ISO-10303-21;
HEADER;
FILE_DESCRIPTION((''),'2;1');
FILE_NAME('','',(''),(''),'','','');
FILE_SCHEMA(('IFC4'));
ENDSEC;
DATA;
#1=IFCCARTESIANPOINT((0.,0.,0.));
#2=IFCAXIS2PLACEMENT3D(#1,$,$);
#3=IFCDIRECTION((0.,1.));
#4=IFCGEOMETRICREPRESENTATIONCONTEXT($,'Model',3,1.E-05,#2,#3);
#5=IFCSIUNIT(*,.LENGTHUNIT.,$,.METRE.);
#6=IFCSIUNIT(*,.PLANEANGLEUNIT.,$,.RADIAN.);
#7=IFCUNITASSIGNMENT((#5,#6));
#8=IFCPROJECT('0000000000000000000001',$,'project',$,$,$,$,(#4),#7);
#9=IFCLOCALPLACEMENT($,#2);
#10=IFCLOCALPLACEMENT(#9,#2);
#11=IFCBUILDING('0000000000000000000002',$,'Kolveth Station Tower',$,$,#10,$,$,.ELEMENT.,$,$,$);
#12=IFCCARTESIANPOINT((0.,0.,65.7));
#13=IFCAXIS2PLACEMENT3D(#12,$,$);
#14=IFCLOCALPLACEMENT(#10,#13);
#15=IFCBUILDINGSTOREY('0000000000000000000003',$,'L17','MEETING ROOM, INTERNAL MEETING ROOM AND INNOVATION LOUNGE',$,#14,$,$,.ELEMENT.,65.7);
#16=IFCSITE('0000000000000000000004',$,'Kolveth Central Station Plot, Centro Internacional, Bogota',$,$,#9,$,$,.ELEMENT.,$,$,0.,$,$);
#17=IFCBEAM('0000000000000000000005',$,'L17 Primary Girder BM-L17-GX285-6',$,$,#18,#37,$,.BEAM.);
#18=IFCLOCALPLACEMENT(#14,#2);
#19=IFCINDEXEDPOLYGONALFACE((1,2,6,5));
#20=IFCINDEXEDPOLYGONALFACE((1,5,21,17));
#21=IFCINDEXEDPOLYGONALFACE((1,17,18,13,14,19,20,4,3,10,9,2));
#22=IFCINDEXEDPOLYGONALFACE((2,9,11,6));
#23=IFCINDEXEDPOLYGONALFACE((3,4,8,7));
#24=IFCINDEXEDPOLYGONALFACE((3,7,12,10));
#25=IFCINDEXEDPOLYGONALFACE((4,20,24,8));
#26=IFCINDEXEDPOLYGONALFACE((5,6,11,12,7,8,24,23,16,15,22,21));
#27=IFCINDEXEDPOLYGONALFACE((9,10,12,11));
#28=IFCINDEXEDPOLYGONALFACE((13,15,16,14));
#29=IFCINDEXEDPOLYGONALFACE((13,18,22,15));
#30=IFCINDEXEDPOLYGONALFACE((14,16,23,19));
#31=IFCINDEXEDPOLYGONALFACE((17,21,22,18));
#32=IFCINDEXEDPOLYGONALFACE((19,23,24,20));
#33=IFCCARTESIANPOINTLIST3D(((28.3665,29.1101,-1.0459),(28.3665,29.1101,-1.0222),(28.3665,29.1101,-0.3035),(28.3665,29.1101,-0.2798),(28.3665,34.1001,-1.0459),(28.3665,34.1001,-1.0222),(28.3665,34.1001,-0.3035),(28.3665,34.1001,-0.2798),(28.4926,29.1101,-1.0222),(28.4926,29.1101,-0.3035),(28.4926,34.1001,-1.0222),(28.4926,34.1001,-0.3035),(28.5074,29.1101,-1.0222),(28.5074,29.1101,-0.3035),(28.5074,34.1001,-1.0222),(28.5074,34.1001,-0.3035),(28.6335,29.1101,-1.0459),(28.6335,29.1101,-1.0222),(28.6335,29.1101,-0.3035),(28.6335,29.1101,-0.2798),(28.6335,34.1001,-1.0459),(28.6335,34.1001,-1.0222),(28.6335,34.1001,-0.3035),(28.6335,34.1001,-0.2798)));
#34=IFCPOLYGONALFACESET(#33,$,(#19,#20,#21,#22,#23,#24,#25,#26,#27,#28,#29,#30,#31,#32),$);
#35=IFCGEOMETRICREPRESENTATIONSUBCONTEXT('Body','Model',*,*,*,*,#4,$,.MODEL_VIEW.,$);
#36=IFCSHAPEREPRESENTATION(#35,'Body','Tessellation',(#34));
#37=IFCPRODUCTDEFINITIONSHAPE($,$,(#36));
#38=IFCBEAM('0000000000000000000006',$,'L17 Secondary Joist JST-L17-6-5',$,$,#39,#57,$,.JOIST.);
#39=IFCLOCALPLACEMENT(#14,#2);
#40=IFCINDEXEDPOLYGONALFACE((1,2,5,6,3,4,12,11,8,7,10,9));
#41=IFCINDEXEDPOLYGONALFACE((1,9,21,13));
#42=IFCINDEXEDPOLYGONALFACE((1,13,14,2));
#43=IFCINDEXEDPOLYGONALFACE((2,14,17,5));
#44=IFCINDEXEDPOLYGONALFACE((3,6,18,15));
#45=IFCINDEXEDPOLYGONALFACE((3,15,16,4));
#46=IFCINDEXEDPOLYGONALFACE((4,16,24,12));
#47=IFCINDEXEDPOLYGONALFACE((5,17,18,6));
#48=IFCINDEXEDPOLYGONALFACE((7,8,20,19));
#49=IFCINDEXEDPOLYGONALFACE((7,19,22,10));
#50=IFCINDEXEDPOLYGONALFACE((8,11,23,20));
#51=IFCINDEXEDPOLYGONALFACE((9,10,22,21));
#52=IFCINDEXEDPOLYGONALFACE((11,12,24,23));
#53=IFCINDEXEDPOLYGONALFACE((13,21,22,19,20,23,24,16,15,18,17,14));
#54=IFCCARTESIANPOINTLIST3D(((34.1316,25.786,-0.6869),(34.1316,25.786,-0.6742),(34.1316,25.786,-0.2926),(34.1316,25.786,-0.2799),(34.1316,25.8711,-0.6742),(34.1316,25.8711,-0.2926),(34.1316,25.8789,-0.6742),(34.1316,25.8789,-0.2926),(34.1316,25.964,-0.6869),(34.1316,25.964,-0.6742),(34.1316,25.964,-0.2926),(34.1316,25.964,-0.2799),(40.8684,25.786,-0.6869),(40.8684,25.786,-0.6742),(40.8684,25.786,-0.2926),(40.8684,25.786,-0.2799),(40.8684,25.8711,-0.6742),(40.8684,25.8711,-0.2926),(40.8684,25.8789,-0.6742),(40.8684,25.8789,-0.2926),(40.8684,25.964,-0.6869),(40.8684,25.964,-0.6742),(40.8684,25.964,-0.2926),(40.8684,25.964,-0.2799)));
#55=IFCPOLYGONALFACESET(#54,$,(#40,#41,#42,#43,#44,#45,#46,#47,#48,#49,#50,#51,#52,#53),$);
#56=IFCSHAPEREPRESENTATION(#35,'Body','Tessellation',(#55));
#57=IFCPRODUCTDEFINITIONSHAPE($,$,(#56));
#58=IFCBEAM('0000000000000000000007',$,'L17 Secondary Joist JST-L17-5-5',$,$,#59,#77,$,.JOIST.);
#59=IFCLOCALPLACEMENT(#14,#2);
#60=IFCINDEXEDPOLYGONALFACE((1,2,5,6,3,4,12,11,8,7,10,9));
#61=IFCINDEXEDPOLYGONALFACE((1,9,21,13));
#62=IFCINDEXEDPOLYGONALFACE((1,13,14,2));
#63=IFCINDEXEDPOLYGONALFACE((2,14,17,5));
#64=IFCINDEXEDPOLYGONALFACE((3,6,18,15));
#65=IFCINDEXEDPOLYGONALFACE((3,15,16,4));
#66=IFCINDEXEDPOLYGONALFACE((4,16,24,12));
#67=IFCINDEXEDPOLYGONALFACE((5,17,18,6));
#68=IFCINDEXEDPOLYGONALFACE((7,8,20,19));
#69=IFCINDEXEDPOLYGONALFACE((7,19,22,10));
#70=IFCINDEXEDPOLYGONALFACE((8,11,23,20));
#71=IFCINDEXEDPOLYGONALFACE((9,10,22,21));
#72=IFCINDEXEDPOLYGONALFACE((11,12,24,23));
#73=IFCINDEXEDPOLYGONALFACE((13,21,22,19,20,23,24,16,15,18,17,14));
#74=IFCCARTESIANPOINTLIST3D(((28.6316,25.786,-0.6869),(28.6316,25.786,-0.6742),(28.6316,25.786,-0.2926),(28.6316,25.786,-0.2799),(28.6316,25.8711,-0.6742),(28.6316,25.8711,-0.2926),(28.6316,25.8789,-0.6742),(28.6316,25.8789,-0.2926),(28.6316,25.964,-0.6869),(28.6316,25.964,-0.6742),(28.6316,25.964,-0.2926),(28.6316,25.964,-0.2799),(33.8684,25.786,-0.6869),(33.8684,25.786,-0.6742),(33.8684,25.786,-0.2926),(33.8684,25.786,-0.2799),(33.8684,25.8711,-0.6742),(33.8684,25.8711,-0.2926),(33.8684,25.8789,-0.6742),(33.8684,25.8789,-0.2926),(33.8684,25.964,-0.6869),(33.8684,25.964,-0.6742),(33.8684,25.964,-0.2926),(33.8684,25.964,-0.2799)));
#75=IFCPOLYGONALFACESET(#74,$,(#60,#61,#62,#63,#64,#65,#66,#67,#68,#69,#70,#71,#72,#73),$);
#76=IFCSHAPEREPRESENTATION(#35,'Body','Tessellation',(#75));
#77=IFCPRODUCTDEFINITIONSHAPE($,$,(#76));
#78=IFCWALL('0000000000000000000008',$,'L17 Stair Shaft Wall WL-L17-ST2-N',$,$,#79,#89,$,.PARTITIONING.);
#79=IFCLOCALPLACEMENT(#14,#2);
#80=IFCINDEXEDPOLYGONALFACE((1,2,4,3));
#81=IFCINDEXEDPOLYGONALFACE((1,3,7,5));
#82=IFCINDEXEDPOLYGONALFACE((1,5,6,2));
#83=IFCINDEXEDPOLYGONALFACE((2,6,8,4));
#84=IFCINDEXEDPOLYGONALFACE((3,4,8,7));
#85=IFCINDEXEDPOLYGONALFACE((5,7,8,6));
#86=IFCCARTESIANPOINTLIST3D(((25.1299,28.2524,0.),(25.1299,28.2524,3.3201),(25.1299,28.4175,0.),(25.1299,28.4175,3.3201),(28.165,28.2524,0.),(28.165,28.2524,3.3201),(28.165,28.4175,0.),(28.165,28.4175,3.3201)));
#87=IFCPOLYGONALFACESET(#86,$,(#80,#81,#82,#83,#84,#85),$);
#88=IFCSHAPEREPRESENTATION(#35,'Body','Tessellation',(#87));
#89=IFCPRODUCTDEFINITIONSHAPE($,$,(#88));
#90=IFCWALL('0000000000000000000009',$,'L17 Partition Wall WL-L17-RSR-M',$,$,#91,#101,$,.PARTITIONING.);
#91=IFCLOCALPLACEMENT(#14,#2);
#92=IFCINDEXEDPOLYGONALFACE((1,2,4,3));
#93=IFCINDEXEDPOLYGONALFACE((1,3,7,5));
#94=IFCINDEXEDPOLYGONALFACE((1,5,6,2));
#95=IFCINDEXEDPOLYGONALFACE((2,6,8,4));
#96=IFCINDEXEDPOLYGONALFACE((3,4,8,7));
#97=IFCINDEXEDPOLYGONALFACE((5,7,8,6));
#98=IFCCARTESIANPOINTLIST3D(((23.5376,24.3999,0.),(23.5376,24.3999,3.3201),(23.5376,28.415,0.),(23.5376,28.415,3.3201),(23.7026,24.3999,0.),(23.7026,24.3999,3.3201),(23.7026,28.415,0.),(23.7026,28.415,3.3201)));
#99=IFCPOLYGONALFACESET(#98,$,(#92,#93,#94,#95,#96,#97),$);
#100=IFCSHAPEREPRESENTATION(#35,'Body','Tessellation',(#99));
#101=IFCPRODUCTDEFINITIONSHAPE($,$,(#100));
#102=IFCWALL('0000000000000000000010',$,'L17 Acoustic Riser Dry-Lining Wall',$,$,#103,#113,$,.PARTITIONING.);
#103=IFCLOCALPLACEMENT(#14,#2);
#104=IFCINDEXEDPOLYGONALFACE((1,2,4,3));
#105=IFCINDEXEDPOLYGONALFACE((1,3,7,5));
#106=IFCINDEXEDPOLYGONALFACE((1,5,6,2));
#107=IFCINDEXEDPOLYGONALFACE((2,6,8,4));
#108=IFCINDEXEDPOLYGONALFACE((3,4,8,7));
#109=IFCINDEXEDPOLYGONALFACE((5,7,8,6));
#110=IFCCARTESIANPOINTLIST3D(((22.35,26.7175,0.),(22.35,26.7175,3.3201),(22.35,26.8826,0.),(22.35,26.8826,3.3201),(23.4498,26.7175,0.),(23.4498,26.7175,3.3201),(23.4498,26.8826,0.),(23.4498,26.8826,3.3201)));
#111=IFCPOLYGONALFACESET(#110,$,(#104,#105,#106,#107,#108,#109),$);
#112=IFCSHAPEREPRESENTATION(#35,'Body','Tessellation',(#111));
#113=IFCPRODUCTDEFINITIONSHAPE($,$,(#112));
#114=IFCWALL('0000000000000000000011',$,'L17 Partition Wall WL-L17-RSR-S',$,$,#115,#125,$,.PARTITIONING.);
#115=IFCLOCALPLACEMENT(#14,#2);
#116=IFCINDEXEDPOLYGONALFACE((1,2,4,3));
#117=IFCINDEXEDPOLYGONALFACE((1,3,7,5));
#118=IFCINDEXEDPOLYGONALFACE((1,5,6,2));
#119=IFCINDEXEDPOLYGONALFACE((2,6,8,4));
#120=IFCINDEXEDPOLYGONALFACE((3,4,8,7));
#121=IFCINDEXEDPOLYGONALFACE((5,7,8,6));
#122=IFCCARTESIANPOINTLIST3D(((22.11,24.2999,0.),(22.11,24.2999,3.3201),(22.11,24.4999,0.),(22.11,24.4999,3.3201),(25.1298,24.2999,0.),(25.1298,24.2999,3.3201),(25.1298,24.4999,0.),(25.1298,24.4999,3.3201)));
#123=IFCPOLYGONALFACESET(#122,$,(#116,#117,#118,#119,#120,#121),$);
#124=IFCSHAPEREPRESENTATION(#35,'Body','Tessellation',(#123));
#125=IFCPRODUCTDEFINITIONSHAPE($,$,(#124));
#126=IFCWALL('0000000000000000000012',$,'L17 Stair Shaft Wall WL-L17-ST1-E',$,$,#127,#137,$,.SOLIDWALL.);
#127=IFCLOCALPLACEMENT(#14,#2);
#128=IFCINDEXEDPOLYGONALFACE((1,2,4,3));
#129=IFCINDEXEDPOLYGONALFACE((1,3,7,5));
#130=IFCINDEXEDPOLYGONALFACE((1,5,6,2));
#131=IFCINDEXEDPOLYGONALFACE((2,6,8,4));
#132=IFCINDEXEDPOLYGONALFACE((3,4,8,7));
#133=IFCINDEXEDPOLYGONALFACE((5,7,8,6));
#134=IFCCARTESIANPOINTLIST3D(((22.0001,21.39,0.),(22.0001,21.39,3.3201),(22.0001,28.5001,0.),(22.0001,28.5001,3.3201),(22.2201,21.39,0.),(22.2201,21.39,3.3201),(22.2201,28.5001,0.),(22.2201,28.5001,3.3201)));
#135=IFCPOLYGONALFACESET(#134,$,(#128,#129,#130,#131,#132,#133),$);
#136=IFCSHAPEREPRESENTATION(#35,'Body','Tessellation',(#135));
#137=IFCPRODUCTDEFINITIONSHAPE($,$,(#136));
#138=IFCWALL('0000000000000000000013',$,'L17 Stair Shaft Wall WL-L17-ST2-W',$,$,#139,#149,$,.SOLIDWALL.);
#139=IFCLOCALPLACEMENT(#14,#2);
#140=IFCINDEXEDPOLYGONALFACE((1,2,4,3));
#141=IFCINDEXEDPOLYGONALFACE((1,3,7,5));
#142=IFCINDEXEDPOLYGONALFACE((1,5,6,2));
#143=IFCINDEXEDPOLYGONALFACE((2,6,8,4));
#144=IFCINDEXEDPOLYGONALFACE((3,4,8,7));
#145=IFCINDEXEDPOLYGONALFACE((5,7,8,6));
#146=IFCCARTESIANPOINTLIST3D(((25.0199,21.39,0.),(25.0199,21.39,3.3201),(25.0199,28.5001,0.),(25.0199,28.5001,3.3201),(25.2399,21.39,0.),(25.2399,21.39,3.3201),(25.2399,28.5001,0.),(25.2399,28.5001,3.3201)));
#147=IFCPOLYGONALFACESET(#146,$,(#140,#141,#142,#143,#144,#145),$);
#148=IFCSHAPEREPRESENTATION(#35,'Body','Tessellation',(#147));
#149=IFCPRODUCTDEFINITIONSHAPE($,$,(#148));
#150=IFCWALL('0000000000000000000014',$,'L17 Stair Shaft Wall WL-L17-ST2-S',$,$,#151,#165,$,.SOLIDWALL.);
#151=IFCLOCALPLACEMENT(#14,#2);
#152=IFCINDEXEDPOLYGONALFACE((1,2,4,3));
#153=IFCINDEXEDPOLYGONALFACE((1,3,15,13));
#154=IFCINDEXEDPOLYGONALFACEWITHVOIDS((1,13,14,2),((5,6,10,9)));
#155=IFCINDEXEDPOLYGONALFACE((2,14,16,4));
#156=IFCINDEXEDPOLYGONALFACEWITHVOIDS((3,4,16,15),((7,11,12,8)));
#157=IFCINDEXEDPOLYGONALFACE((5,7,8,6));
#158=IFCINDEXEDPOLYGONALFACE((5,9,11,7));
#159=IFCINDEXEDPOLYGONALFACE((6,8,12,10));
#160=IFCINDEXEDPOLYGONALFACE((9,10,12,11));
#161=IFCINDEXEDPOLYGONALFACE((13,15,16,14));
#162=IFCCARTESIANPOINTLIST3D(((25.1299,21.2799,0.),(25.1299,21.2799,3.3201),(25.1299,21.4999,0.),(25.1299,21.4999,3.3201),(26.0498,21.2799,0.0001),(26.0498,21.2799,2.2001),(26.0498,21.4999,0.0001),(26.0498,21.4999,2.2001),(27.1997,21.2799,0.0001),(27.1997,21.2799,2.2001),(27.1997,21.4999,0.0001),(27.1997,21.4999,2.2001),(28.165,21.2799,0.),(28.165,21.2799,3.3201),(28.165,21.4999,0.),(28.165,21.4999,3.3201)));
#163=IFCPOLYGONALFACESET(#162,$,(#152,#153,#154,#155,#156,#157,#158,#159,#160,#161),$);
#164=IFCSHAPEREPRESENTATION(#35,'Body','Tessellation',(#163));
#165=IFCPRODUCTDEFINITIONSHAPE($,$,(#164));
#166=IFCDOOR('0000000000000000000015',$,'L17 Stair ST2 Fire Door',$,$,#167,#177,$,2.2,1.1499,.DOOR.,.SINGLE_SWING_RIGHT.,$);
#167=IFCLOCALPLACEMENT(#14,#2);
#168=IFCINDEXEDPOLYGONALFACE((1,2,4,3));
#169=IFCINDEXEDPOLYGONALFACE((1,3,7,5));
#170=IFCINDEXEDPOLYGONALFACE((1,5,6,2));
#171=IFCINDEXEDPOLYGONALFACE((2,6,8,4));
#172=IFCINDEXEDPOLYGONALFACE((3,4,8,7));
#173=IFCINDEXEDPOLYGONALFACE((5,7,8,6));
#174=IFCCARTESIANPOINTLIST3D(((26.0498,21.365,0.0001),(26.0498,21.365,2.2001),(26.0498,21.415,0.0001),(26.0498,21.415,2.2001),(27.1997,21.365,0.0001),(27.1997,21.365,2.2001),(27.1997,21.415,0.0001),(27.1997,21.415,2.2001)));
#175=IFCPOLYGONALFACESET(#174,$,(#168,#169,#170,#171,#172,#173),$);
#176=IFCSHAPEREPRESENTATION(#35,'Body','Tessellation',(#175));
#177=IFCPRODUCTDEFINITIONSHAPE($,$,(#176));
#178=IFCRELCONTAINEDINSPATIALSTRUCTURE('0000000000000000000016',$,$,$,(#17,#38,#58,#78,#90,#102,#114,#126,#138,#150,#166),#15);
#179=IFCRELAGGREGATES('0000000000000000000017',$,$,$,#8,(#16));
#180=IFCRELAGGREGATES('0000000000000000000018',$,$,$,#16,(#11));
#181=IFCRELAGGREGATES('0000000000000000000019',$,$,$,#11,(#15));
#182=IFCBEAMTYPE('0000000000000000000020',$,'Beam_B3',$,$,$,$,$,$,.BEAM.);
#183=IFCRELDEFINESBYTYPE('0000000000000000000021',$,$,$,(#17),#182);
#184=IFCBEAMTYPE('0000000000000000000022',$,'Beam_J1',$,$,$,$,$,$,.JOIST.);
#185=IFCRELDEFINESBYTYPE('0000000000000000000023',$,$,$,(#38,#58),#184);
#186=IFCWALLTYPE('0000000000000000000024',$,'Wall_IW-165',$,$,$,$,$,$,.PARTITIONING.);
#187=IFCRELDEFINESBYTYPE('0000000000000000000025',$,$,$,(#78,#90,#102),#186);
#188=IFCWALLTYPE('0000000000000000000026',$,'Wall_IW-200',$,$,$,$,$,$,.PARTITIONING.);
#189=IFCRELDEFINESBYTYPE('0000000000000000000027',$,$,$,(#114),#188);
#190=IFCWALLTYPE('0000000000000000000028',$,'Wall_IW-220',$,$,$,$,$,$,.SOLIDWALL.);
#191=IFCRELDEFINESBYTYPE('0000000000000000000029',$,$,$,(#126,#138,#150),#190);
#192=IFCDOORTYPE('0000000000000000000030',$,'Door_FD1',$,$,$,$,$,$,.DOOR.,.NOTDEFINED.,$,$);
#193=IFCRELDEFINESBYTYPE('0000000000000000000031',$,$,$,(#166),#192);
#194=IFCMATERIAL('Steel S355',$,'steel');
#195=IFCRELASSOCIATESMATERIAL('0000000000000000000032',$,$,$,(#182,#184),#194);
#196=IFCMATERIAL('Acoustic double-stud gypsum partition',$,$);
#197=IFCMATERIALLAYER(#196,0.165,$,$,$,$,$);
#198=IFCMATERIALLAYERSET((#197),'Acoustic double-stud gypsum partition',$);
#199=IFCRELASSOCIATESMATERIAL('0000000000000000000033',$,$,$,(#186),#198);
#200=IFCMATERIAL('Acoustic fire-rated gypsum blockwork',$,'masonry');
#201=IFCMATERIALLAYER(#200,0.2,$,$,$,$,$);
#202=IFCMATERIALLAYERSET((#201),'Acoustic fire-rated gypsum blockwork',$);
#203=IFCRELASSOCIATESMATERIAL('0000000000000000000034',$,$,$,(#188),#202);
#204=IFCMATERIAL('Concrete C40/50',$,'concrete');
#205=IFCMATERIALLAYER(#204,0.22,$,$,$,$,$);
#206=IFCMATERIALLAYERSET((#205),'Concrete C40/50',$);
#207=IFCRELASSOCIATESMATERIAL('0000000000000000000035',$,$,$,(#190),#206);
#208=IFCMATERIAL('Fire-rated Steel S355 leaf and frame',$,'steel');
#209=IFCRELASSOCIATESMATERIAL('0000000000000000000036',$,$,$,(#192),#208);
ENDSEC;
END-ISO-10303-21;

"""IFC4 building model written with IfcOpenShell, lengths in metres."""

from ifc_helpers import new_model, si_unit, direction, frame, frame_2d, origin, origin_2d, place, context, subcontext, project, spatial, rectangle, i_section, extrude, source, transform, mapped, material, layer, layer_set, material_profile, profile_set, type_object, element, fill, save


model = new_model("IFC4")

# Units and contexts
model_context = context("Model", 3, precision=1e-05, world=origin(), true_north=direction((0.0, 1.0)))
body_context = subcontext(model_context, "Body", "Model", "MODEL_VIEW")
ifc_project = project(units=[si_unit("LENGTHUNIT", "METRE"), si_unit("PLANEANGLEUNIT", "RADIAN")], contexts=[model_context])

# Site, building, storey
site_placement = place(None, origin())
site = spatial("IfcSite", under=ifc_project, at=site_placement, Name="Kolveth Central Station Plot, Centro Internacional, Bogota", CompositionType="ELEMENT", RefElevation=0.0)
building_placement = place(site_placement, origin())
building = spatial("IfcBuilding", under=site, at=building_placement, Name="Kolveth Station Tower", CompositionType="ELEMENT")
storey_placement = place(building_placement, frame((0.0, 0.0, 65.7)))
storey = spatial("IfcBuildingStorey", under=building, at=storey_placement, Name="L17", Description="MEETING ROOM, INTERNAL MEETING ROOM AND INNOVATION LOUNGE", CompositionType="ELEMENT", Elevation=65.7)

# Beams
ifc_material_1 = material(Name="Steel S355", Category="steel")
ifc_material_profile_1 = material_profile(ifc_material_1, i_section(OverallWidth=0.2671, OverallDepth=0.7661, WebThickness=0.0149, FlangeThickness=0.0237, at=origin_2d()), Name="W760x185")
ifc_profile_set_1 = profile_set([ifc_material_profile_1], Name="Steel S355")
beam_type_1 = type_object("IfcBeamType", Name="Beam_B3", PredefinedType="BEAM", material=ifc_profile_set_1)
shared_shape_1 = source(origin(), body_context, "Body", "SweptSolid", [
    extrude(i_section(OverallWidth=0.2671, OverallDepth=0.7661, WebThickness=0.0149, FlangeThickness=0.0237, at=origin_2d()), origin(), (0.0, 0.0, 1.0), 4.99),
])
beam_1_placement = place(storey_placement, frame((28.5, 29.1101, -0.6628), z_axis=(0.0, 1.0, 0.0), x_axis=(-1.0, 0.0, 0.0)))
element("IfcBeam", 1, at=beam_1_placement, inside=storey, type_object=beam_type_1, Name="L17 Primary Girder BM-L17-GX285-6", PredefinedType="BEAM", context=body_context, shape_type="MappedRepresentation", body=[
    mapped(shared_shape_1, transform((0.0, 0.0, 0.0), x_axis=(1.0, 0.0, 0.0), y_axis=(0.0, 1.0, 0.0), z_axis=(0.0, 0.0, 1.0), scale=1.0)),
])
ifc_material_profile_2 = material_profile(ifc_material_1, i_section(OverallWidth=0.178, OverallDepth=0.407, WebThickness=0.0078, FlangeThickness=0.0127, at=origin_2d()), Name="W410x60")
ifc_profile_set_2 = profile_set([ifc_material_profile_2], Name="Steel S355")
beam_type_2 = type_object("IfcBeamType", Name="Beam_J1", PredefinedType="JOIST", material=ifc_profile_set_2)
shared_shape_2 = source(origin(), body_context, "Body", "SweptSolid", [
    extrude(i_section(OverallWidth=0.178, OverallDepth=0.407, WebThickness=0.0078, FlangeThickness=0.0127, at=origin_2d()), origin(), (0.0, 0.0, 1.0), 6.7368),
])
beam_2_placement = place(storey_placement, frame((34.1316, 25.875, -0.4834), z_axis=(1.0, 0.0, 0.0), x_axis=(0.0, 1.0, 0.0)))
element("IfcBeam", 2, at=beam_2_placement, inside=storey, type_object=beam_type_2, Name="L17 Secondary Joist JST-L17-6-5", PredefinedType="JOIST", context=body_context, shape_type="MappedRepresentation", body=[
    mapped(shared_shape_2, transform((0.0, 0.0, 0.0), x_axis=(1.0, 0.0, 0.0), y_axis=(0.0, 1.0, 0.0), z_axis=(0.0, 0.0, 1.0), scale=1.0)),
])
shared_shape_3 = source(origin(), body_context, "Body", "SweptSolid", [
    extrude(i_section(OverallWidth=0.178, OverallDepth=0.407, WebThickness=0.0078, FlangeThickness=0.0127, at=origin_2d()), origin(), (0.0, 0.0, 1.0), 5.2368),
])
beam_3_placement = place(storey_placement, frame((28.6316, 25.875, -0.4834), z_axis=(1.0, 0.0, 0.0), x_axis=(0.0, 1.0, 0.0)))
element("IfcBeam", 3, at=beam_3_placement, inside=storey, type_object=beam_type_2, Name="L17 Secondary Joist JST-L17-5-5", PredefinedType="JOIST", context=body_context, shape_type="MappedRepresentation", body=[
    mapped(shared_shape_3, transform((0.0, 0.0, 0.0), x_axis=(1.0, 0.0, 0.0), y_axis=(0.0, 1.0, 0.0), z_axis=(0.0, 0.0, 1.0), scale=1.0)),
])

# Walls
ifc_material_2 = material(Name="Acoustic double-stud gypsum partition")
ifc_layer_1 = layer(ifc_material_2, 0.165)
ifc_layer_set_1 = layer_set([ifc_layer_1], Name="Acoustic double-stud gypsum partition")
wall_type_1 = type_object("IfcWallType", Name="Wall_IW-165", PredefinedType="PARTITIONING", material=ifc_layer_set_1)
wall_1_placement = place(storey_placement, frame((25.1299, 28.335, 0.0), z_axis=(0.0, 0.0, 1.0), x_axis=(1.0, 0.0, 0.0)))
element("IfcWall", 4, at=wall_1_placement, inside=storey, type_object=wall_type_1, Name="L17 Stair Shaft Wall WL-L17-ST2-N", PredefinedType="PARTITIONING", context=body_context, shape_type="SweptSolid", body=[
    extrude(rectangle(XDim=3.0352, YDim=0.165, at=frame_2d((1.5176, 0.0))), origin(), (0.0, 0.0, 1.0), 3.3201),
])
wall_2_placement = place(storey_placement, frame((23.6201, 24.3999, 0.0), z_axis=(0.0, 0.0, 1.0), x_axis=(0.0, 1.0, 0.0)))
element("IfcWall", 5, at=wall_2_placement, inside=storey, type_object=wall_type_1, Name="L17 Partition Wall WL-L17-RSR-M", PredefinedType="PARTITIONING", context=body_context, shape_type="SweptSolid", body=[
    extrude(rectangle(XDim=4.0151, YDim=0.165, at=frame_2d((2.0076, 0.0))), origin(), (0.0, 0.0, 1.0), 3.3201),
])
wall_3_placement = place(storey_placement, frame((22.3501, 26.8, 0.0), z_axis=(0.0, 0.0, 1.0), x_axis=(1.0, 0.0, 0.0)))
element("IfcWall", 6, at=wall_3_placement, inside=storey, type_object=wall_type_1, Name="L17 Acoustic Riser Dry-Lining Wall", PredefinedType="PARTITIONING", context=body_context, shape_type="SweptSolid", body=[
    extrude(rectangle(XDim=1.0999, YDim=0.165, at=frame_2d((0.5498, 0.0))), origin(), (0.0, 0.0, 1.0), 3.3201),
])
ifc_material_3 = material(Name="Acoustic fire-rated gypsum blockwork", Category="masonry")
ifc_layer_2 = layer(ifc_material_3, 0.2)
ifc_layer_set_2 = layer_set([ifc_layer_2], Name="Acoustic fire-rated gypsum blockwork")
wall_type_2 = type_object("IfcWallType", Name="Wall_IW-200", PredefinedType="PARTITIONING", material=ifc_layer_set_2)
wall_4_placement = place(storey_placement, frame((22.1101, 24.3999, 0.0), z_axis=(0.0, 0.0, 1.0), x_axis=(1.0, 0.0, 0.0)))
element("IfcWall", 7, at=wall_4_placement, inside=storey, type_object=wall_type_2, Name="L17 Partition Wall WL-L17-RSR-S", PredefinedType="PARTITIONING", context=body_context, shape_type="SweptSolid", body=[
    extrude(rectangle(XDim=3.0198, YDim=0.2, at=frame_2d((1.5098, 0.0))), origin(), (0.0, 0.0, 1.0), 3.3201),
])
ifc_material_4 = material(Name="Concrete C40/50", Category="concrete")
ifc_layer_3 = layer(ifc_material_4, 0.22)
ifc_layer_set_3 = layer_set([ifc_layer_3], Name="Concrete C40/50")
wall_type_3 = type_object("IfcWallType", Name="Wall_IW-220", PredefinedType="SOLIDWALL", material=ifc_layer_set_3)
for number, where, z_axis, x_axis, name in (
    (8, (22.1101, 21.3899, 0.0), (0.0, 0.0, 1.0), (0.0, 1.0, 0.0), "L17 Stair Shaft Wall WL-L17-ST1-E"),
    (9, (25.1299, 21.3899, 0.0), (0.0, 0.0, 1.0), (0.0, 1.0, 0.0), "L17 Stair Shaft Wall WL-L17-ST2-W"),
):
    element("IfcWall", number, at=place(storey_placement, frame(where, z_axis=z_axis, x_axis=x_axis)), inside=storey, type_object=wall_type_3, Name=name, PredefinedType="SOLIDWALL", context=body_context, shape_type="SweptSolid", body=[
        extrude(rectangle(XDim=7.1101, YDim=0.22, at=frame_2d((3.5552, 0.0))), origin(), (0.0, 0.0, 1.0), 3.3201),
    ])

# Wall, opening, door
wall_5_placement = place(storey_placement, frame((25.1299, 21.3899, 0.0), z_axis=(0.0, 0.0, 1.0), x_axis=(1.0, 0.0, 0.0)))
wall_5 = element("IfcWall", 10, at=wall_5_placement, inside=storey, type_object=wall_type_3, Name="L17 Stair Shaft Wall WL-L17-ST2-S", PredefinedType="SOLIDWALL", context=body_context, shape_type="SweptSolid", body=[
    extrude(rectangle(XDim=3.0352, YDim=0.22, at=frame_2d((1.5176, 0.0))), origin(), (0.0, 0.0, 1.0), 3.3201),
])
opening_placement = place(wall_5_placement, frame((0.9199, 0.0, 0.0)))
opening = element("IfcOpeningElement", 11, at=opening_placement, cuts=wall_5, PredefinedType="OPENING", context=body_context, shape_type="SweptSolid", body=[
    extrude(rectangle(XDim=1.1499, YDim=2.2, at=frame_2d((0.575, 1.1001))), frame((0.0, 0.1199, 0.0), z_axis=(0.0, -1.0, 0.0), x_axis=(1.0, 0.0, 0.0)), (0.0, 0.0, 1.0), 0.24),
])
ifc_material_5 = material(Name="Fire-rated Steel S355 leaf and frame", Category="steel")
door_type = type_object("IfcDoorType", Name="Door_FD1", OperationType="NOTDEFINED", PredefinedType="DOOR", material=ifc_material_5)
door_placement = place(opening_placement, frame((1.1499, 0.0, 0.0), z_axis=(0.0, 0.0, 1.0), x_axis=(-1.0, 0.0, 0.0)))
door = element("IfcDoor", 12, at=door_placement, inside=storey, type_object=door_type, Name="L17 Stair ST2 Fire Door", OperationType="SINGLE_SWING_RIGHT", OverallHeight=2.2, OverallWidth=1.1499, PredefinedType="DOOR", context=body_context, shape_type="SweptSolid", body=[
    extrude(rectangle(XDim=1.1499, YDim=2.2, at=frame_2d((0.575, 1.1001))), frame((0.0, 0.0249, 0.0), z_axis=(0.0, -1.0, 0.0), x_axis=(1.0, 0.0, 0.0)), (0.0, 0.0, 1.0), 0.05),
])
fill(opening, door)

save(model, "model.ifc")
